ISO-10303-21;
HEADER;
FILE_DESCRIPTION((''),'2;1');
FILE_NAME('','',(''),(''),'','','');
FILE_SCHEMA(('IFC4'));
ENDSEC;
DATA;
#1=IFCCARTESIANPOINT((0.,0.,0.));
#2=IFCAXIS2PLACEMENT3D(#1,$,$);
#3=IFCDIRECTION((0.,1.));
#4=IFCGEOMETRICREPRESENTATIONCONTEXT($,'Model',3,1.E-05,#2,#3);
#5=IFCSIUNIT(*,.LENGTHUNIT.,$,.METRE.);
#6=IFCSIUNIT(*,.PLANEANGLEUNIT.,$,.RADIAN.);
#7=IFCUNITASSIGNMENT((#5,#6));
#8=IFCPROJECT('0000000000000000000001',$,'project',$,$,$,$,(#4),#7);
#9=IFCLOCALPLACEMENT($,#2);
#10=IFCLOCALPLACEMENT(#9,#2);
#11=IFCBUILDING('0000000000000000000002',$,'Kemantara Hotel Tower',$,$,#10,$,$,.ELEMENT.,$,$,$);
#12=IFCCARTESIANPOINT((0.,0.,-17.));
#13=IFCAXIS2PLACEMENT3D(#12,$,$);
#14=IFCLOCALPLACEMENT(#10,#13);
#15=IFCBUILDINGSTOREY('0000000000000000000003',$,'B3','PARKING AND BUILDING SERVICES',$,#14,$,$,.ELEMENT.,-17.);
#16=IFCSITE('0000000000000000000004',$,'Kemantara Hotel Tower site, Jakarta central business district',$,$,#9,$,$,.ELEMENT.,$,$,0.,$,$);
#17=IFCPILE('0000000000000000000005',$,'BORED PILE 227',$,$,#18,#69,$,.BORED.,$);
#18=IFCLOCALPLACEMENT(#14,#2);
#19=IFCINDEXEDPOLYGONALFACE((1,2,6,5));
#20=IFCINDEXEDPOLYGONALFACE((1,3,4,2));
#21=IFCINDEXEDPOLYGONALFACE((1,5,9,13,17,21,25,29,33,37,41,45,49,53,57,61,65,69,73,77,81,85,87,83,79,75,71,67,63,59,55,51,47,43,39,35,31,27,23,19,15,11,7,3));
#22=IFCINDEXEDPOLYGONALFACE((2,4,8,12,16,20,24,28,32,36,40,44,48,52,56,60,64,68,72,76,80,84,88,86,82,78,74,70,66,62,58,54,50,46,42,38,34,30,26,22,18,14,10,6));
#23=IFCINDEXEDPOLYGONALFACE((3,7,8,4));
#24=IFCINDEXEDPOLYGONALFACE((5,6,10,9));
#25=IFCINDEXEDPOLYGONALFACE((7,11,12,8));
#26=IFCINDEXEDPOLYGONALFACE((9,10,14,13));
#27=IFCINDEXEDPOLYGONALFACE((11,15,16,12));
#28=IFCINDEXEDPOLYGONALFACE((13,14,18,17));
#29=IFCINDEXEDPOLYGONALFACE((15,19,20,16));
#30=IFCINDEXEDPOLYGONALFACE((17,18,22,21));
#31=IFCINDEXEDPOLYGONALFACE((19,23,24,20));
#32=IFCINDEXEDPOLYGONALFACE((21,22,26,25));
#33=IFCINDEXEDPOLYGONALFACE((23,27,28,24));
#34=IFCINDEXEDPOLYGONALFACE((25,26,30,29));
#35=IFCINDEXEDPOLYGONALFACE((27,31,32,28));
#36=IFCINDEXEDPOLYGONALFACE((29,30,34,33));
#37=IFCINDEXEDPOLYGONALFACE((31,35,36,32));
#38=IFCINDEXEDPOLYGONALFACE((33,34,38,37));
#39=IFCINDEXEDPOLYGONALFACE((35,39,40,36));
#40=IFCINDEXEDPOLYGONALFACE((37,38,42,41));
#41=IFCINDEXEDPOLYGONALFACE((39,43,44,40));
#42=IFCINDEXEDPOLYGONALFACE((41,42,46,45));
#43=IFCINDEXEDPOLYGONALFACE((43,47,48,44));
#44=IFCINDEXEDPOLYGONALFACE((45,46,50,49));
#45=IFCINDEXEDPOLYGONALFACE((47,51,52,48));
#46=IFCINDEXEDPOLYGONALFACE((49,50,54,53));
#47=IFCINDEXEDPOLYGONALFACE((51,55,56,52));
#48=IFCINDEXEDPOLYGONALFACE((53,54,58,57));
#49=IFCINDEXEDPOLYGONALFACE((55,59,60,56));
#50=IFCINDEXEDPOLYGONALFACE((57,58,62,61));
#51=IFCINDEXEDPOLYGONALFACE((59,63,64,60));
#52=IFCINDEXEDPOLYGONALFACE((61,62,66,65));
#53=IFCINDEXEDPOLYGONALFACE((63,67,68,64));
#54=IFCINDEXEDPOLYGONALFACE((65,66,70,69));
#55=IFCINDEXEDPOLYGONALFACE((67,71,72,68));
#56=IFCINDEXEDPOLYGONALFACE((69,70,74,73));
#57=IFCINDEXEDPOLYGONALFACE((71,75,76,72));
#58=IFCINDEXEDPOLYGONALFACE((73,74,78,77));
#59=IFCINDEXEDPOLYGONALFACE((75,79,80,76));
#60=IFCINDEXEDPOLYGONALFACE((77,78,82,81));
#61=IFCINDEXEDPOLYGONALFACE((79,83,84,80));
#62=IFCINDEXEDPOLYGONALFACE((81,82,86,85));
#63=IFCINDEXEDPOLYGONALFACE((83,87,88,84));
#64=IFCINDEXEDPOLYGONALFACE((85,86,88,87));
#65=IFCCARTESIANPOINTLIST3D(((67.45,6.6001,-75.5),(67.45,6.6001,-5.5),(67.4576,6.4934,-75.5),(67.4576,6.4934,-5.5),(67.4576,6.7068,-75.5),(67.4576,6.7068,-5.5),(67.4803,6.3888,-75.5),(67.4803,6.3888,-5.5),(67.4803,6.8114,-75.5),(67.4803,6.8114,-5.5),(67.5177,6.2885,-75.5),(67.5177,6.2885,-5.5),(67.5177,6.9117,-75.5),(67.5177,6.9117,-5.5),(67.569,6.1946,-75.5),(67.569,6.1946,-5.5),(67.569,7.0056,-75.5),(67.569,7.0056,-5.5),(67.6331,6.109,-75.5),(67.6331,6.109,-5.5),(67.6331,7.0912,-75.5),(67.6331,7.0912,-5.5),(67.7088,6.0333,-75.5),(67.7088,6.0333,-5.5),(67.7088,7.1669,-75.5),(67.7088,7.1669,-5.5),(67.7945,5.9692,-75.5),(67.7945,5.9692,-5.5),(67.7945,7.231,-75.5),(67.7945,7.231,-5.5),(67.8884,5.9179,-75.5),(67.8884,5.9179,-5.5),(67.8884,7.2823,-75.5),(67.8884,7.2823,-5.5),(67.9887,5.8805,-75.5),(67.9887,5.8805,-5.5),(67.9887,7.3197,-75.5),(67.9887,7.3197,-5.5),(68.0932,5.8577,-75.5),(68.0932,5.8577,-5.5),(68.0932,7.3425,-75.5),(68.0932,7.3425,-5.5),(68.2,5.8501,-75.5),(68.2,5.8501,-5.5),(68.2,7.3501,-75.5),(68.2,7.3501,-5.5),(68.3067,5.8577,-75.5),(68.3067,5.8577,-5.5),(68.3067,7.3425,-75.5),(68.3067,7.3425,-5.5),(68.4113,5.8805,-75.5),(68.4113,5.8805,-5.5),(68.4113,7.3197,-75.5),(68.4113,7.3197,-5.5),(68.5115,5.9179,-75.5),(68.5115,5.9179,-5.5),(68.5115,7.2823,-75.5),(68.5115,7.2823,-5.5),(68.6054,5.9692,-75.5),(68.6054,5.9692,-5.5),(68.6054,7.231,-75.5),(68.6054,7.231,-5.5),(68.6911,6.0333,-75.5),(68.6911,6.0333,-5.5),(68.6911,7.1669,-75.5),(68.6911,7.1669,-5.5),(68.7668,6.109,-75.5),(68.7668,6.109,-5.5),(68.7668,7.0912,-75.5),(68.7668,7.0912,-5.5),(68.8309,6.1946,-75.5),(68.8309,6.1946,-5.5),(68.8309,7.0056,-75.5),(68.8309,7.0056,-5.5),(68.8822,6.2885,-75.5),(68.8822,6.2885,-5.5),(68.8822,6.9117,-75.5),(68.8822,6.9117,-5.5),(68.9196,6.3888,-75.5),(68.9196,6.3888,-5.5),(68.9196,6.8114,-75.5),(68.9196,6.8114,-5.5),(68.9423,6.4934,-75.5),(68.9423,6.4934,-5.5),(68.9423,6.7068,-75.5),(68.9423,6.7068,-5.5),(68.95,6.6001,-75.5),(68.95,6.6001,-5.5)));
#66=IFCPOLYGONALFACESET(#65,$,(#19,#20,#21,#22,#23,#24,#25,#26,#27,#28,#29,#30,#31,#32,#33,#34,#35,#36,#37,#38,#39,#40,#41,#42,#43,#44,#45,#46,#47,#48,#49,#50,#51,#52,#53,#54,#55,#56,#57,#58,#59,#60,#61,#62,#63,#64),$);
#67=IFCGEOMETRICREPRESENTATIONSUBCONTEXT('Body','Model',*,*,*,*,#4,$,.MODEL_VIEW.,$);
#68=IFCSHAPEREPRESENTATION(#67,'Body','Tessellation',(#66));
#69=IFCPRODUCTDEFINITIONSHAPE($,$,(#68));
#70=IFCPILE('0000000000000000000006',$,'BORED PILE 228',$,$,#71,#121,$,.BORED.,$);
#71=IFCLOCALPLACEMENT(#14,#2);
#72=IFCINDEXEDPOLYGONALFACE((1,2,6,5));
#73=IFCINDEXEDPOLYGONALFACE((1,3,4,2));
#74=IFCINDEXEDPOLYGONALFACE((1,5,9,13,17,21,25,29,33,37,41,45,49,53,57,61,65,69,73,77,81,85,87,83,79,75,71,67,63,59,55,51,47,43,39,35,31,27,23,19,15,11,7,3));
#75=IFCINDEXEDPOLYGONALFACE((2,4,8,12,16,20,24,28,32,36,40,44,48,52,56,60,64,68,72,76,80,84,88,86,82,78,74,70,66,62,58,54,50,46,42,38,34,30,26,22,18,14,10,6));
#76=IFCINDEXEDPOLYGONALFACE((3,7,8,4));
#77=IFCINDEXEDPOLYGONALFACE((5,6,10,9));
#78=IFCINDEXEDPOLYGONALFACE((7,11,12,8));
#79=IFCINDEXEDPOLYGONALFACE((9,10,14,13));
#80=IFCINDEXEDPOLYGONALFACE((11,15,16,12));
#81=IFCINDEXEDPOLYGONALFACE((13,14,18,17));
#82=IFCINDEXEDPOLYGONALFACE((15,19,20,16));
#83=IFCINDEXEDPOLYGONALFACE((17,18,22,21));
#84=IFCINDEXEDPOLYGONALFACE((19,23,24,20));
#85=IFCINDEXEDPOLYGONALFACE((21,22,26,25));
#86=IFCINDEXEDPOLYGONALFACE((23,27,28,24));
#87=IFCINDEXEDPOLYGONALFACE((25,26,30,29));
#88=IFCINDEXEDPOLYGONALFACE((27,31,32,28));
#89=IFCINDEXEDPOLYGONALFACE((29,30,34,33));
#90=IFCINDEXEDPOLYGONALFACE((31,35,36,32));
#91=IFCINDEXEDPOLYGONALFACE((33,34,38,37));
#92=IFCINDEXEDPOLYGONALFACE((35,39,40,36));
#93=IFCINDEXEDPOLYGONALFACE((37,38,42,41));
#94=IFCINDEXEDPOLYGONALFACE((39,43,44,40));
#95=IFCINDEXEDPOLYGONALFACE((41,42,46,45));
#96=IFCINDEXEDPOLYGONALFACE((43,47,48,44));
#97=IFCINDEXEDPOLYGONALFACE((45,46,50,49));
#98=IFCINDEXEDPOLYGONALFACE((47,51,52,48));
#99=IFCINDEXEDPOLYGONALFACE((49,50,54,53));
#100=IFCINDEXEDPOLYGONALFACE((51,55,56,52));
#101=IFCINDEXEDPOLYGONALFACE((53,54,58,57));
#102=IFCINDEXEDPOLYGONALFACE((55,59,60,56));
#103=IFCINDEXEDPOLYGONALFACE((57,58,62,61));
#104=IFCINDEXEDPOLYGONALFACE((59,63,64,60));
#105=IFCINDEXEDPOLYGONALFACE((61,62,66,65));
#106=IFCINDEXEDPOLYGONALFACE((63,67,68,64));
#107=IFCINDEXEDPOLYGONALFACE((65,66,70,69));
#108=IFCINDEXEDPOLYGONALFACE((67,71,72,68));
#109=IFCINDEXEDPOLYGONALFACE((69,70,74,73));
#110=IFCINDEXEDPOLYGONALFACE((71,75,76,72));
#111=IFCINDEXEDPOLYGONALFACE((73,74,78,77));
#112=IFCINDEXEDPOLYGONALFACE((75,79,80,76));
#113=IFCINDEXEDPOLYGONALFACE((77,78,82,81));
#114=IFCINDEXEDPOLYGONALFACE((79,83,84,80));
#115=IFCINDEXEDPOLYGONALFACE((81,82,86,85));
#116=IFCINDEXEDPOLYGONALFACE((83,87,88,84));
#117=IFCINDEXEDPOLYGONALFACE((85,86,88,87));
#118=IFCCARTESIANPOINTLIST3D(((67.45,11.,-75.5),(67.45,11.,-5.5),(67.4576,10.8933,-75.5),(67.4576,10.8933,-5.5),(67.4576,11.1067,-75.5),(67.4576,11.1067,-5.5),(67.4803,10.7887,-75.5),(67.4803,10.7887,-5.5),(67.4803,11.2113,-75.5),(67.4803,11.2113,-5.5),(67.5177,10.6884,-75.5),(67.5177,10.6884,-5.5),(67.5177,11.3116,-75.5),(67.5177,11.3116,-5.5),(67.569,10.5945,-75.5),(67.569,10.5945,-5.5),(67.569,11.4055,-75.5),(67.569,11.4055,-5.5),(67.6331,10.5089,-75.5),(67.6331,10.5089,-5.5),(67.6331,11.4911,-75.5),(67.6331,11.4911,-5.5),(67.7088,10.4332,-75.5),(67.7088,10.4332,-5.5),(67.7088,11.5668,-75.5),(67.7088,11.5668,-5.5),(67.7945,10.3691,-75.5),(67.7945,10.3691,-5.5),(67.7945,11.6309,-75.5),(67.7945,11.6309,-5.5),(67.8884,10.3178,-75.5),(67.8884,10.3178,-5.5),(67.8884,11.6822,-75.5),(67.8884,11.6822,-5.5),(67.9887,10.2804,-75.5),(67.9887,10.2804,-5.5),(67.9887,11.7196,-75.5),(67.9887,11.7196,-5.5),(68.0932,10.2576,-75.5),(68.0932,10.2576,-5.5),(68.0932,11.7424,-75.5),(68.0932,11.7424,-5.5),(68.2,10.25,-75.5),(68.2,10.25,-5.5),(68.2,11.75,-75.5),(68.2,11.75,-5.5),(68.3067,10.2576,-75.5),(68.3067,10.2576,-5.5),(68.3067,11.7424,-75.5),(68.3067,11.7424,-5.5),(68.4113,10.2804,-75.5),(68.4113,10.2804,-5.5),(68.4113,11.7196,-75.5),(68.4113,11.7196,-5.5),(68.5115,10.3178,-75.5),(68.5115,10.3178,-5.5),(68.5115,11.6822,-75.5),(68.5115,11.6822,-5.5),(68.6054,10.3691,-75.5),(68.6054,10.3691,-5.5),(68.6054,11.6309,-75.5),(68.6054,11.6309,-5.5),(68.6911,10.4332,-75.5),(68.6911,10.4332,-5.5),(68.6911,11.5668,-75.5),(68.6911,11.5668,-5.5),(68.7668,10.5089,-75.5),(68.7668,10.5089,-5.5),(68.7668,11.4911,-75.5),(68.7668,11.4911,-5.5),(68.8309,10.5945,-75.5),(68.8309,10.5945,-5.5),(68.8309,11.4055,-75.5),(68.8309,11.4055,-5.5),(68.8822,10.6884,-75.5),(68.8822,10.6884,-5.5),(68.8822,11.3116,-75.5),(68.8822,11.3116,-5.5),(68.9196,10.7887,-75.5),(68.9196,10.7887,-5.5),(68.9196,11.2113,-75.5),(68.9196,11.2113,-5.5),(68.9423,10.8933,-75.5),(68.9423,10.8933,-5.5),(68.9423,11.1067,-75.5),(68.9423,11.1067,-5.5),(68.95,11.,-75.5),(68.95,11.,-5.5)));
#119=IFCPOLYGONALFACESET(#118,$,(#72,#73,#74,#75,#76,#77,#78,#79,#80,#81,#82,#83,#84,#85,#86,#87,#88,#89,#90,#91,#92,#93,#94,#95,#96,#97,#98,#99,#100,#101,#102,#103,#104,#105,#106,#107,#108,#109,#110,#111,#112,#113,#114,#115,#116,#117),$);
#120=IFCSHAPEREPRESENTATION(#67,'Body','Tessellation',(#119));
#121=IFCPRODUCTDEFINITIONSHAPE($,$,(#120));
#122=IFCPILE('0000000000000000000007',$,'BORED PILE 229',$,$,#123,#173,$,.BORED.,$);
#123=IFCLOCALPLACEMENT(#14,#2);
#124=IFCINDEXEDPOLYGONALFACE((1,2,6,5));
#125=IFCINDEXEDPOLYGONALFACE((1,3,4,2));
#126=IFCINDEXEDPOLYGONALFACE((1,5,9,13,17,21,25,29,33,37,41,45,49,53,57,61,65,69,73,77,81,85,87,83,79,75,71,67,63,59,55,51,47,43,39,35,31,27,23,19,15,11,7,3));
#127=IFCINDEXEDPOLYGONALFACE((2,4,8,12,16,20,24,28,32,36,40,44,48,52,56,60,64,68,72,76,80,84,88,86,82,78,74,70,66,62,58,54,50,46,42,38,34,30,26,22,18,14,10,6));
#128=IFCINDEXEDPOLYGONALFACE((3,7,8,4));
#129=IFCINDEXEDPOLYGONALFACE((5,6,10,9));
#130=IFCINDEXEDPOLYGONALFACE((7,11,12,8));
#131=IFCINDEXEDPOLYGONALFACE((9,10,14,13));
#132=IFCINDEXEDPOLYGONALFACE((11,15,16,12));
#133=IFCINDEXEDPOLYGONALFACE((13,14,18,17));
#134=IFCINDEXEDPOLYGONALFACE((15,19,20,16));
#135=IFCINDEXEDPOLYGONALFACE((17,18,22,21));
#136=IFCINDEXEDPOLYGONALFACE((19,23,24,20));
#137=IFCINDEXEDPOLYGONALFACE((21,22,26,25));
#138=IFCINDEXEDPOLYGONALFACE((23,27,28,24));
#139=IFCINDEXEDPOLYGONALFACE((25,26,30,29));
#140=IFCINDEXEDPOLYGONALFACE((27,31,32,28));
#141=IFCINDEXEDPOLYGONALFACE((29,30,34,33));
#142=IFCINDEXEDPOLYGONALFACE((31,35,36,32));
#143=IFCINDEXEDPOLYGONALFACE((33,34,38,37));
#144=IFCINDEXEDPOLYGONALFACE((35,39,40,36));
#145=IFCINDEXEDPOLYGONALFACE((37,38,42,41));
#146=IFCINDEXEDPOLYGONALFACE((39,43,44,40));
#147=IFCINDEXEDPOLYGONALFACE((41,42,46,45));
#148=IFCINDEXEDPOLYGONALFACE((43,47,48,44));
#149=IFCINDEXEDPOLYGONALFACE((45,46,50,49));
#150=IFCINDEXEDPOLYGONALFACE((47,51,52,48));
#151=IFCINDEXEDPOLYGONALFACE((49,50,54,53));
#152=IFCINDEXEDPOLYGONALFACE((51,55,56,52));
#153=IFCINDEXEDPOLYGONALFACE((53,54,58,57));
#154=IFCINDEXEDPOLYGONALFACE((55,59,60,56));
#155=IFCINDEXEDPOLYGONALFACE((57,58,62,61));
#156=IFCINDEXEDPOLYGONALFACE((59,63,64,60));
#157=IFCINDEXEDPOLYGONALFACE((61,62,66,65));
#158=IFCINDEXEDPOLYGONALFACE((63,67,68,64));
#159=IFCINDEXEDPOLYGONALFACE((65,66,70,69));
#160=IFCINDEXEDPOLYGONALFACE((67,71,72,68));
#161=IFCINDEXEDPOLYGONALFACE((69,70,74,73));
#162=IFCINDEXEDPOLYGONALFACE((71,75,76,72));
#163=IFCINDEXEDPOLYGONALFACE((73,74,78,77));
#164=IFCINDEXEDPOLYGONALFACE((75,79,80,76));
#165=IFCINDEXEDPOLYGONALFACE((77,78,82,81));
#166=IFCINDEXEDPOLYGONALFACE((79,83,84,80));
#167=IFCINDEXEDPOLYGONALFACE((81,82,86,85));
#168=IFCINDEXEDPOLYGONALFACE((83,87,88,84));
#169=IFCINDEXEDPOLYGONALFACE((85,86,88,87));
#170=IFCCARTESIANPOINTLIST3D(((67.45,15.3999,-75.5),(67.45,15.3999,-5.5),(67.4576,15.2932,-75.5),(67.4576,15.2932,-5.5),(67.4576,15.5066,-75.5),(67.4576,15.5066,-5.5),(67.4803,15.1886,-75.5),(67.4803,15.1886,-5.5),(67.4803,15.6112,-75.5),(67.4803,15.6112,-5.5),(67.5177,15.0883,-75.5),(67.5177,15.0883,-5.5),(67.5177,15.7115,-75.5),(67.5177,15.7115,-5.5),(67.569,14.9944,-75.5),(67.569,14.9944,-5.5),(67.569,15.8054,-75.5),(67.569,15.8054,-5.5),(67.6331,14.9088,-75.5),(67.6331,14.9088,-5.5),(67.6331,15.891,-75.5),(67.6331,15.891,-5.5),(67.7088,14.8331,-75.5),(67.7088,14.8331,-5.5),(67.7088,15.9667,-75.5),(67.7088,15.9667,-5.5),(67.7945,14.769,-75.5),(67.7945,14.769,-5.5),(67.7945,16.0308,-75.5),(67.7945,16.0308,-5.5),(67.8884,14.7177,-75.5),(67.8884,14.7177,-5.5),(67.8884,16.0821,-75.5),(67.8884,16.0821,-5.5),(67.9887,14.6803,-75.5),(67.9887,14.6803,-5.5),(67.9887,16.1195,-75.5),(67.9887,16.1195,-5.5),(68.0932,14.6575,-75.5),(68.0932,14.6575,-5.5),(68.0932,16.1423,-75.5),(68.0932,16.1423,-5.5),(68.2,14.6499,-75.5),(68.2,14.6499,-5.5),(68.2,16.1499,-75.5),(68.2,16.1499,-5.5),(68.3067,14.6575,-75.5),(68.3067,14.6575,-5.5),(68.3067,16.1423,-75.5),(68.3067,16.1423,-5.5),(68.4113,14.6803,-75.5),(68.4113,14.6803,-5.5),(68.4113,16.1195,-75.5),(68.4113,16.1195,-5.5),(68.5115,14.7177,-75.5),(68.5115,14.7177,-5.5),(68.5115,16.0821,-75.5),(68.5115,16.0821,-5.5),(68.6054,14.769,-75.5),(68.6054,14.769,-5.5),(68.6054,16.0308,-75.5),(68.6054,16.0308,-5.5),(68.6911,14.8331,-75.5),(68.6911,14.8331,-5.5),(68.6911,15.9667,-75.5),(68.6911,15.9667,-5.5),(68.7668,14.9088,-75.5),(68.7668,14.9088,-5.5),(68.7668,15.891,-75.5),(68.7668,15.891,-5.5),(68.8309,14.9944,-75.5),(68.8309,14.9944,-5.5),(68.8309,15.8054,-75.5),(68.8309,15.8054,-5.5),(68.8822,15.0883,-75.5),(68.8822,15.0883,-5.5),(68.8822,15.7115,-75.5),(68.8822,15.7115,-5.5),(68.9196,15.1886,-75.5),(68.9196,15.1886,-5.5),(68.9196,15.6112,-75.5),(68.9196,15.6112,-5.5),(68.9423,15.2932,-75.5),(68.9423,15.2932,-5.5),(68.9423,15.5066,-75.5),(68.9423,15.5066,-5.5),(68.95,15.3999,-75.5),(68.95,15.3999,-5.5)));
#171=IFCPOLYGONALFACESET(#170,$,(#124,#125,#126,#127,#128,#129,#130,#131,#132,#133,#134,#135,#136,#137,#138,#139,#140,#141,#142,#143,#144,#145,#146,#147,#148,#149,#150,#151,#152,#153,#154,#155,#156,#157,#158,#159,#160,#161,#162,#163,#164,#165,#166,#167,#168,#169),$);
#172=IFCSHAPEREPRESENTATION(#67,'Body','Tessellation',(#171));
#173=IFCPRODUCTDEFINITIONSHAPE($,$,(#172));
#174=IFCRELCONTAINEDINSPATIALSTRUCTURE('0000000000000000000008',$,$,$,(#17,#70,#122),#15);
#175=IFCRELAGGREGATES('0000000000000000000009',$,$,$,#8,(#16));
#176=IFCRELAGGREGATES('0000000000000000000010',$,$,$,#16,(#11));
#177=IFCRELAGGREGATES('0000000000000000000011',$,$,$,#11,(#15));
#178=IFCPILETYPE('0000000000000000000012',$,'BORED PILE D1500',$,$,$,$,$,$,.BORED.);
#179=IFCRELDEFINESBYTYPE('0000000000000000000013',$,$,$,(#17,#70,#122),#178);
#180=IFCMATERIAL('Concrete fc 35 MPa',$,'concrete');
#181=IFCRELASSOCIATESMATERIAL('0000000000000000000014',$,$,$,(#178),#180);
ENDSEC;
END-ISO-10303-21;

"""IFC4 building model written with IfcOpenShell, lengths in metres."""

from ifc_helpers import new_model, si_unit, direction, frame, origin, origin_2d, place, context, subcontext, project, spatial, circle, extrude, material, material_profile, profile_set, type_object, element, save


model = new_model("IFC4")

# Units and contexts
model_context = context("Model", 3, precision=1e-05, world=origin(), true_north=direction((0.0, 1.0)))
body_context = subcontext(model_context, "Body", "Model", "MODEL_VIEW")
ifc_project = project(units=[si_unit("LENGTHUNIT", "METRE"), si_unit("PLANEANGLEUNIT", "RADIAN")], contexts=[model_context])

# Site, building, storey
site_placement = place(None, origin())
site = spatial("IfcSite", under=ifc_project, at=site_placement, Name="Kemantara Hotel Tower site, Jakarta central business district", CompositionType="ELEMENT", RefElevation=0.0)
building_placement = place(site_placement, origin())
building = spatial("IfcBuilding", under=site, at=building_placement, Name="Kemantara Hotel Tower", CompositionType="ELEMENT")
storey_placement = place(building_placement, frame((0.0, 0.0, -17.0)))
storey = spatial("IfcBuildingStorey", under=building, at=storey_placement, Name="B3", Description="PARKING AND BUILDING SERVICES", CompositionType="ELEMENT", Elevation=-17.0)

# Piles
ifc_material_1 = material(Name="Concrete fc 35 MPa", Category="concrete")
ifc_material_profile_1 = material_profile(ifc_material_1, circle(Radius=0.75, at=origin_2d()), Name="BORED PILE D1500")
ifc_profile_set_1 = profile_set([ifc_material_profile_1], Name="Concrete fc 35 MPa")
pile_type = type_object("IfcPileType", Name="BORED PILE D1500", PredefinedType="BORED", material=ifc_profile_set_1)
for number, where, z_axis, x_axis, name in (
    (1, (68.2, 6.6001, -5.5), (0.0, 0.0, -1.0), (1.0, 0.0, 0.0), "BORED PILE 227"),
    (2, (68.2, 11.0, -5.5), (0.0, 0.0, -1.0), (1.0, 0.0, 0.0), "BORED PILE 228"),
    (3, (68.2, 15.3999, -5.5), (0.0, 0.0, -1.0), (1.0, 0.0, 0.0), "BORED PILE 229"),
):
    element("IfcPile", number, at=place(storey_placement, frame(where, z_axis=z_axis, x_axis=x_axis)), inside=storey, type_object=pile_type, Name=name, PredefinedType="BORED", context=body_context, shape_type="SweptSolid", body=[
        extrude(circle(Radius=0.75, at=origin_2d()), origin(), (0.0, 0.0, 1.0), 70.0),
    ])

save(model, "model.ifc")
